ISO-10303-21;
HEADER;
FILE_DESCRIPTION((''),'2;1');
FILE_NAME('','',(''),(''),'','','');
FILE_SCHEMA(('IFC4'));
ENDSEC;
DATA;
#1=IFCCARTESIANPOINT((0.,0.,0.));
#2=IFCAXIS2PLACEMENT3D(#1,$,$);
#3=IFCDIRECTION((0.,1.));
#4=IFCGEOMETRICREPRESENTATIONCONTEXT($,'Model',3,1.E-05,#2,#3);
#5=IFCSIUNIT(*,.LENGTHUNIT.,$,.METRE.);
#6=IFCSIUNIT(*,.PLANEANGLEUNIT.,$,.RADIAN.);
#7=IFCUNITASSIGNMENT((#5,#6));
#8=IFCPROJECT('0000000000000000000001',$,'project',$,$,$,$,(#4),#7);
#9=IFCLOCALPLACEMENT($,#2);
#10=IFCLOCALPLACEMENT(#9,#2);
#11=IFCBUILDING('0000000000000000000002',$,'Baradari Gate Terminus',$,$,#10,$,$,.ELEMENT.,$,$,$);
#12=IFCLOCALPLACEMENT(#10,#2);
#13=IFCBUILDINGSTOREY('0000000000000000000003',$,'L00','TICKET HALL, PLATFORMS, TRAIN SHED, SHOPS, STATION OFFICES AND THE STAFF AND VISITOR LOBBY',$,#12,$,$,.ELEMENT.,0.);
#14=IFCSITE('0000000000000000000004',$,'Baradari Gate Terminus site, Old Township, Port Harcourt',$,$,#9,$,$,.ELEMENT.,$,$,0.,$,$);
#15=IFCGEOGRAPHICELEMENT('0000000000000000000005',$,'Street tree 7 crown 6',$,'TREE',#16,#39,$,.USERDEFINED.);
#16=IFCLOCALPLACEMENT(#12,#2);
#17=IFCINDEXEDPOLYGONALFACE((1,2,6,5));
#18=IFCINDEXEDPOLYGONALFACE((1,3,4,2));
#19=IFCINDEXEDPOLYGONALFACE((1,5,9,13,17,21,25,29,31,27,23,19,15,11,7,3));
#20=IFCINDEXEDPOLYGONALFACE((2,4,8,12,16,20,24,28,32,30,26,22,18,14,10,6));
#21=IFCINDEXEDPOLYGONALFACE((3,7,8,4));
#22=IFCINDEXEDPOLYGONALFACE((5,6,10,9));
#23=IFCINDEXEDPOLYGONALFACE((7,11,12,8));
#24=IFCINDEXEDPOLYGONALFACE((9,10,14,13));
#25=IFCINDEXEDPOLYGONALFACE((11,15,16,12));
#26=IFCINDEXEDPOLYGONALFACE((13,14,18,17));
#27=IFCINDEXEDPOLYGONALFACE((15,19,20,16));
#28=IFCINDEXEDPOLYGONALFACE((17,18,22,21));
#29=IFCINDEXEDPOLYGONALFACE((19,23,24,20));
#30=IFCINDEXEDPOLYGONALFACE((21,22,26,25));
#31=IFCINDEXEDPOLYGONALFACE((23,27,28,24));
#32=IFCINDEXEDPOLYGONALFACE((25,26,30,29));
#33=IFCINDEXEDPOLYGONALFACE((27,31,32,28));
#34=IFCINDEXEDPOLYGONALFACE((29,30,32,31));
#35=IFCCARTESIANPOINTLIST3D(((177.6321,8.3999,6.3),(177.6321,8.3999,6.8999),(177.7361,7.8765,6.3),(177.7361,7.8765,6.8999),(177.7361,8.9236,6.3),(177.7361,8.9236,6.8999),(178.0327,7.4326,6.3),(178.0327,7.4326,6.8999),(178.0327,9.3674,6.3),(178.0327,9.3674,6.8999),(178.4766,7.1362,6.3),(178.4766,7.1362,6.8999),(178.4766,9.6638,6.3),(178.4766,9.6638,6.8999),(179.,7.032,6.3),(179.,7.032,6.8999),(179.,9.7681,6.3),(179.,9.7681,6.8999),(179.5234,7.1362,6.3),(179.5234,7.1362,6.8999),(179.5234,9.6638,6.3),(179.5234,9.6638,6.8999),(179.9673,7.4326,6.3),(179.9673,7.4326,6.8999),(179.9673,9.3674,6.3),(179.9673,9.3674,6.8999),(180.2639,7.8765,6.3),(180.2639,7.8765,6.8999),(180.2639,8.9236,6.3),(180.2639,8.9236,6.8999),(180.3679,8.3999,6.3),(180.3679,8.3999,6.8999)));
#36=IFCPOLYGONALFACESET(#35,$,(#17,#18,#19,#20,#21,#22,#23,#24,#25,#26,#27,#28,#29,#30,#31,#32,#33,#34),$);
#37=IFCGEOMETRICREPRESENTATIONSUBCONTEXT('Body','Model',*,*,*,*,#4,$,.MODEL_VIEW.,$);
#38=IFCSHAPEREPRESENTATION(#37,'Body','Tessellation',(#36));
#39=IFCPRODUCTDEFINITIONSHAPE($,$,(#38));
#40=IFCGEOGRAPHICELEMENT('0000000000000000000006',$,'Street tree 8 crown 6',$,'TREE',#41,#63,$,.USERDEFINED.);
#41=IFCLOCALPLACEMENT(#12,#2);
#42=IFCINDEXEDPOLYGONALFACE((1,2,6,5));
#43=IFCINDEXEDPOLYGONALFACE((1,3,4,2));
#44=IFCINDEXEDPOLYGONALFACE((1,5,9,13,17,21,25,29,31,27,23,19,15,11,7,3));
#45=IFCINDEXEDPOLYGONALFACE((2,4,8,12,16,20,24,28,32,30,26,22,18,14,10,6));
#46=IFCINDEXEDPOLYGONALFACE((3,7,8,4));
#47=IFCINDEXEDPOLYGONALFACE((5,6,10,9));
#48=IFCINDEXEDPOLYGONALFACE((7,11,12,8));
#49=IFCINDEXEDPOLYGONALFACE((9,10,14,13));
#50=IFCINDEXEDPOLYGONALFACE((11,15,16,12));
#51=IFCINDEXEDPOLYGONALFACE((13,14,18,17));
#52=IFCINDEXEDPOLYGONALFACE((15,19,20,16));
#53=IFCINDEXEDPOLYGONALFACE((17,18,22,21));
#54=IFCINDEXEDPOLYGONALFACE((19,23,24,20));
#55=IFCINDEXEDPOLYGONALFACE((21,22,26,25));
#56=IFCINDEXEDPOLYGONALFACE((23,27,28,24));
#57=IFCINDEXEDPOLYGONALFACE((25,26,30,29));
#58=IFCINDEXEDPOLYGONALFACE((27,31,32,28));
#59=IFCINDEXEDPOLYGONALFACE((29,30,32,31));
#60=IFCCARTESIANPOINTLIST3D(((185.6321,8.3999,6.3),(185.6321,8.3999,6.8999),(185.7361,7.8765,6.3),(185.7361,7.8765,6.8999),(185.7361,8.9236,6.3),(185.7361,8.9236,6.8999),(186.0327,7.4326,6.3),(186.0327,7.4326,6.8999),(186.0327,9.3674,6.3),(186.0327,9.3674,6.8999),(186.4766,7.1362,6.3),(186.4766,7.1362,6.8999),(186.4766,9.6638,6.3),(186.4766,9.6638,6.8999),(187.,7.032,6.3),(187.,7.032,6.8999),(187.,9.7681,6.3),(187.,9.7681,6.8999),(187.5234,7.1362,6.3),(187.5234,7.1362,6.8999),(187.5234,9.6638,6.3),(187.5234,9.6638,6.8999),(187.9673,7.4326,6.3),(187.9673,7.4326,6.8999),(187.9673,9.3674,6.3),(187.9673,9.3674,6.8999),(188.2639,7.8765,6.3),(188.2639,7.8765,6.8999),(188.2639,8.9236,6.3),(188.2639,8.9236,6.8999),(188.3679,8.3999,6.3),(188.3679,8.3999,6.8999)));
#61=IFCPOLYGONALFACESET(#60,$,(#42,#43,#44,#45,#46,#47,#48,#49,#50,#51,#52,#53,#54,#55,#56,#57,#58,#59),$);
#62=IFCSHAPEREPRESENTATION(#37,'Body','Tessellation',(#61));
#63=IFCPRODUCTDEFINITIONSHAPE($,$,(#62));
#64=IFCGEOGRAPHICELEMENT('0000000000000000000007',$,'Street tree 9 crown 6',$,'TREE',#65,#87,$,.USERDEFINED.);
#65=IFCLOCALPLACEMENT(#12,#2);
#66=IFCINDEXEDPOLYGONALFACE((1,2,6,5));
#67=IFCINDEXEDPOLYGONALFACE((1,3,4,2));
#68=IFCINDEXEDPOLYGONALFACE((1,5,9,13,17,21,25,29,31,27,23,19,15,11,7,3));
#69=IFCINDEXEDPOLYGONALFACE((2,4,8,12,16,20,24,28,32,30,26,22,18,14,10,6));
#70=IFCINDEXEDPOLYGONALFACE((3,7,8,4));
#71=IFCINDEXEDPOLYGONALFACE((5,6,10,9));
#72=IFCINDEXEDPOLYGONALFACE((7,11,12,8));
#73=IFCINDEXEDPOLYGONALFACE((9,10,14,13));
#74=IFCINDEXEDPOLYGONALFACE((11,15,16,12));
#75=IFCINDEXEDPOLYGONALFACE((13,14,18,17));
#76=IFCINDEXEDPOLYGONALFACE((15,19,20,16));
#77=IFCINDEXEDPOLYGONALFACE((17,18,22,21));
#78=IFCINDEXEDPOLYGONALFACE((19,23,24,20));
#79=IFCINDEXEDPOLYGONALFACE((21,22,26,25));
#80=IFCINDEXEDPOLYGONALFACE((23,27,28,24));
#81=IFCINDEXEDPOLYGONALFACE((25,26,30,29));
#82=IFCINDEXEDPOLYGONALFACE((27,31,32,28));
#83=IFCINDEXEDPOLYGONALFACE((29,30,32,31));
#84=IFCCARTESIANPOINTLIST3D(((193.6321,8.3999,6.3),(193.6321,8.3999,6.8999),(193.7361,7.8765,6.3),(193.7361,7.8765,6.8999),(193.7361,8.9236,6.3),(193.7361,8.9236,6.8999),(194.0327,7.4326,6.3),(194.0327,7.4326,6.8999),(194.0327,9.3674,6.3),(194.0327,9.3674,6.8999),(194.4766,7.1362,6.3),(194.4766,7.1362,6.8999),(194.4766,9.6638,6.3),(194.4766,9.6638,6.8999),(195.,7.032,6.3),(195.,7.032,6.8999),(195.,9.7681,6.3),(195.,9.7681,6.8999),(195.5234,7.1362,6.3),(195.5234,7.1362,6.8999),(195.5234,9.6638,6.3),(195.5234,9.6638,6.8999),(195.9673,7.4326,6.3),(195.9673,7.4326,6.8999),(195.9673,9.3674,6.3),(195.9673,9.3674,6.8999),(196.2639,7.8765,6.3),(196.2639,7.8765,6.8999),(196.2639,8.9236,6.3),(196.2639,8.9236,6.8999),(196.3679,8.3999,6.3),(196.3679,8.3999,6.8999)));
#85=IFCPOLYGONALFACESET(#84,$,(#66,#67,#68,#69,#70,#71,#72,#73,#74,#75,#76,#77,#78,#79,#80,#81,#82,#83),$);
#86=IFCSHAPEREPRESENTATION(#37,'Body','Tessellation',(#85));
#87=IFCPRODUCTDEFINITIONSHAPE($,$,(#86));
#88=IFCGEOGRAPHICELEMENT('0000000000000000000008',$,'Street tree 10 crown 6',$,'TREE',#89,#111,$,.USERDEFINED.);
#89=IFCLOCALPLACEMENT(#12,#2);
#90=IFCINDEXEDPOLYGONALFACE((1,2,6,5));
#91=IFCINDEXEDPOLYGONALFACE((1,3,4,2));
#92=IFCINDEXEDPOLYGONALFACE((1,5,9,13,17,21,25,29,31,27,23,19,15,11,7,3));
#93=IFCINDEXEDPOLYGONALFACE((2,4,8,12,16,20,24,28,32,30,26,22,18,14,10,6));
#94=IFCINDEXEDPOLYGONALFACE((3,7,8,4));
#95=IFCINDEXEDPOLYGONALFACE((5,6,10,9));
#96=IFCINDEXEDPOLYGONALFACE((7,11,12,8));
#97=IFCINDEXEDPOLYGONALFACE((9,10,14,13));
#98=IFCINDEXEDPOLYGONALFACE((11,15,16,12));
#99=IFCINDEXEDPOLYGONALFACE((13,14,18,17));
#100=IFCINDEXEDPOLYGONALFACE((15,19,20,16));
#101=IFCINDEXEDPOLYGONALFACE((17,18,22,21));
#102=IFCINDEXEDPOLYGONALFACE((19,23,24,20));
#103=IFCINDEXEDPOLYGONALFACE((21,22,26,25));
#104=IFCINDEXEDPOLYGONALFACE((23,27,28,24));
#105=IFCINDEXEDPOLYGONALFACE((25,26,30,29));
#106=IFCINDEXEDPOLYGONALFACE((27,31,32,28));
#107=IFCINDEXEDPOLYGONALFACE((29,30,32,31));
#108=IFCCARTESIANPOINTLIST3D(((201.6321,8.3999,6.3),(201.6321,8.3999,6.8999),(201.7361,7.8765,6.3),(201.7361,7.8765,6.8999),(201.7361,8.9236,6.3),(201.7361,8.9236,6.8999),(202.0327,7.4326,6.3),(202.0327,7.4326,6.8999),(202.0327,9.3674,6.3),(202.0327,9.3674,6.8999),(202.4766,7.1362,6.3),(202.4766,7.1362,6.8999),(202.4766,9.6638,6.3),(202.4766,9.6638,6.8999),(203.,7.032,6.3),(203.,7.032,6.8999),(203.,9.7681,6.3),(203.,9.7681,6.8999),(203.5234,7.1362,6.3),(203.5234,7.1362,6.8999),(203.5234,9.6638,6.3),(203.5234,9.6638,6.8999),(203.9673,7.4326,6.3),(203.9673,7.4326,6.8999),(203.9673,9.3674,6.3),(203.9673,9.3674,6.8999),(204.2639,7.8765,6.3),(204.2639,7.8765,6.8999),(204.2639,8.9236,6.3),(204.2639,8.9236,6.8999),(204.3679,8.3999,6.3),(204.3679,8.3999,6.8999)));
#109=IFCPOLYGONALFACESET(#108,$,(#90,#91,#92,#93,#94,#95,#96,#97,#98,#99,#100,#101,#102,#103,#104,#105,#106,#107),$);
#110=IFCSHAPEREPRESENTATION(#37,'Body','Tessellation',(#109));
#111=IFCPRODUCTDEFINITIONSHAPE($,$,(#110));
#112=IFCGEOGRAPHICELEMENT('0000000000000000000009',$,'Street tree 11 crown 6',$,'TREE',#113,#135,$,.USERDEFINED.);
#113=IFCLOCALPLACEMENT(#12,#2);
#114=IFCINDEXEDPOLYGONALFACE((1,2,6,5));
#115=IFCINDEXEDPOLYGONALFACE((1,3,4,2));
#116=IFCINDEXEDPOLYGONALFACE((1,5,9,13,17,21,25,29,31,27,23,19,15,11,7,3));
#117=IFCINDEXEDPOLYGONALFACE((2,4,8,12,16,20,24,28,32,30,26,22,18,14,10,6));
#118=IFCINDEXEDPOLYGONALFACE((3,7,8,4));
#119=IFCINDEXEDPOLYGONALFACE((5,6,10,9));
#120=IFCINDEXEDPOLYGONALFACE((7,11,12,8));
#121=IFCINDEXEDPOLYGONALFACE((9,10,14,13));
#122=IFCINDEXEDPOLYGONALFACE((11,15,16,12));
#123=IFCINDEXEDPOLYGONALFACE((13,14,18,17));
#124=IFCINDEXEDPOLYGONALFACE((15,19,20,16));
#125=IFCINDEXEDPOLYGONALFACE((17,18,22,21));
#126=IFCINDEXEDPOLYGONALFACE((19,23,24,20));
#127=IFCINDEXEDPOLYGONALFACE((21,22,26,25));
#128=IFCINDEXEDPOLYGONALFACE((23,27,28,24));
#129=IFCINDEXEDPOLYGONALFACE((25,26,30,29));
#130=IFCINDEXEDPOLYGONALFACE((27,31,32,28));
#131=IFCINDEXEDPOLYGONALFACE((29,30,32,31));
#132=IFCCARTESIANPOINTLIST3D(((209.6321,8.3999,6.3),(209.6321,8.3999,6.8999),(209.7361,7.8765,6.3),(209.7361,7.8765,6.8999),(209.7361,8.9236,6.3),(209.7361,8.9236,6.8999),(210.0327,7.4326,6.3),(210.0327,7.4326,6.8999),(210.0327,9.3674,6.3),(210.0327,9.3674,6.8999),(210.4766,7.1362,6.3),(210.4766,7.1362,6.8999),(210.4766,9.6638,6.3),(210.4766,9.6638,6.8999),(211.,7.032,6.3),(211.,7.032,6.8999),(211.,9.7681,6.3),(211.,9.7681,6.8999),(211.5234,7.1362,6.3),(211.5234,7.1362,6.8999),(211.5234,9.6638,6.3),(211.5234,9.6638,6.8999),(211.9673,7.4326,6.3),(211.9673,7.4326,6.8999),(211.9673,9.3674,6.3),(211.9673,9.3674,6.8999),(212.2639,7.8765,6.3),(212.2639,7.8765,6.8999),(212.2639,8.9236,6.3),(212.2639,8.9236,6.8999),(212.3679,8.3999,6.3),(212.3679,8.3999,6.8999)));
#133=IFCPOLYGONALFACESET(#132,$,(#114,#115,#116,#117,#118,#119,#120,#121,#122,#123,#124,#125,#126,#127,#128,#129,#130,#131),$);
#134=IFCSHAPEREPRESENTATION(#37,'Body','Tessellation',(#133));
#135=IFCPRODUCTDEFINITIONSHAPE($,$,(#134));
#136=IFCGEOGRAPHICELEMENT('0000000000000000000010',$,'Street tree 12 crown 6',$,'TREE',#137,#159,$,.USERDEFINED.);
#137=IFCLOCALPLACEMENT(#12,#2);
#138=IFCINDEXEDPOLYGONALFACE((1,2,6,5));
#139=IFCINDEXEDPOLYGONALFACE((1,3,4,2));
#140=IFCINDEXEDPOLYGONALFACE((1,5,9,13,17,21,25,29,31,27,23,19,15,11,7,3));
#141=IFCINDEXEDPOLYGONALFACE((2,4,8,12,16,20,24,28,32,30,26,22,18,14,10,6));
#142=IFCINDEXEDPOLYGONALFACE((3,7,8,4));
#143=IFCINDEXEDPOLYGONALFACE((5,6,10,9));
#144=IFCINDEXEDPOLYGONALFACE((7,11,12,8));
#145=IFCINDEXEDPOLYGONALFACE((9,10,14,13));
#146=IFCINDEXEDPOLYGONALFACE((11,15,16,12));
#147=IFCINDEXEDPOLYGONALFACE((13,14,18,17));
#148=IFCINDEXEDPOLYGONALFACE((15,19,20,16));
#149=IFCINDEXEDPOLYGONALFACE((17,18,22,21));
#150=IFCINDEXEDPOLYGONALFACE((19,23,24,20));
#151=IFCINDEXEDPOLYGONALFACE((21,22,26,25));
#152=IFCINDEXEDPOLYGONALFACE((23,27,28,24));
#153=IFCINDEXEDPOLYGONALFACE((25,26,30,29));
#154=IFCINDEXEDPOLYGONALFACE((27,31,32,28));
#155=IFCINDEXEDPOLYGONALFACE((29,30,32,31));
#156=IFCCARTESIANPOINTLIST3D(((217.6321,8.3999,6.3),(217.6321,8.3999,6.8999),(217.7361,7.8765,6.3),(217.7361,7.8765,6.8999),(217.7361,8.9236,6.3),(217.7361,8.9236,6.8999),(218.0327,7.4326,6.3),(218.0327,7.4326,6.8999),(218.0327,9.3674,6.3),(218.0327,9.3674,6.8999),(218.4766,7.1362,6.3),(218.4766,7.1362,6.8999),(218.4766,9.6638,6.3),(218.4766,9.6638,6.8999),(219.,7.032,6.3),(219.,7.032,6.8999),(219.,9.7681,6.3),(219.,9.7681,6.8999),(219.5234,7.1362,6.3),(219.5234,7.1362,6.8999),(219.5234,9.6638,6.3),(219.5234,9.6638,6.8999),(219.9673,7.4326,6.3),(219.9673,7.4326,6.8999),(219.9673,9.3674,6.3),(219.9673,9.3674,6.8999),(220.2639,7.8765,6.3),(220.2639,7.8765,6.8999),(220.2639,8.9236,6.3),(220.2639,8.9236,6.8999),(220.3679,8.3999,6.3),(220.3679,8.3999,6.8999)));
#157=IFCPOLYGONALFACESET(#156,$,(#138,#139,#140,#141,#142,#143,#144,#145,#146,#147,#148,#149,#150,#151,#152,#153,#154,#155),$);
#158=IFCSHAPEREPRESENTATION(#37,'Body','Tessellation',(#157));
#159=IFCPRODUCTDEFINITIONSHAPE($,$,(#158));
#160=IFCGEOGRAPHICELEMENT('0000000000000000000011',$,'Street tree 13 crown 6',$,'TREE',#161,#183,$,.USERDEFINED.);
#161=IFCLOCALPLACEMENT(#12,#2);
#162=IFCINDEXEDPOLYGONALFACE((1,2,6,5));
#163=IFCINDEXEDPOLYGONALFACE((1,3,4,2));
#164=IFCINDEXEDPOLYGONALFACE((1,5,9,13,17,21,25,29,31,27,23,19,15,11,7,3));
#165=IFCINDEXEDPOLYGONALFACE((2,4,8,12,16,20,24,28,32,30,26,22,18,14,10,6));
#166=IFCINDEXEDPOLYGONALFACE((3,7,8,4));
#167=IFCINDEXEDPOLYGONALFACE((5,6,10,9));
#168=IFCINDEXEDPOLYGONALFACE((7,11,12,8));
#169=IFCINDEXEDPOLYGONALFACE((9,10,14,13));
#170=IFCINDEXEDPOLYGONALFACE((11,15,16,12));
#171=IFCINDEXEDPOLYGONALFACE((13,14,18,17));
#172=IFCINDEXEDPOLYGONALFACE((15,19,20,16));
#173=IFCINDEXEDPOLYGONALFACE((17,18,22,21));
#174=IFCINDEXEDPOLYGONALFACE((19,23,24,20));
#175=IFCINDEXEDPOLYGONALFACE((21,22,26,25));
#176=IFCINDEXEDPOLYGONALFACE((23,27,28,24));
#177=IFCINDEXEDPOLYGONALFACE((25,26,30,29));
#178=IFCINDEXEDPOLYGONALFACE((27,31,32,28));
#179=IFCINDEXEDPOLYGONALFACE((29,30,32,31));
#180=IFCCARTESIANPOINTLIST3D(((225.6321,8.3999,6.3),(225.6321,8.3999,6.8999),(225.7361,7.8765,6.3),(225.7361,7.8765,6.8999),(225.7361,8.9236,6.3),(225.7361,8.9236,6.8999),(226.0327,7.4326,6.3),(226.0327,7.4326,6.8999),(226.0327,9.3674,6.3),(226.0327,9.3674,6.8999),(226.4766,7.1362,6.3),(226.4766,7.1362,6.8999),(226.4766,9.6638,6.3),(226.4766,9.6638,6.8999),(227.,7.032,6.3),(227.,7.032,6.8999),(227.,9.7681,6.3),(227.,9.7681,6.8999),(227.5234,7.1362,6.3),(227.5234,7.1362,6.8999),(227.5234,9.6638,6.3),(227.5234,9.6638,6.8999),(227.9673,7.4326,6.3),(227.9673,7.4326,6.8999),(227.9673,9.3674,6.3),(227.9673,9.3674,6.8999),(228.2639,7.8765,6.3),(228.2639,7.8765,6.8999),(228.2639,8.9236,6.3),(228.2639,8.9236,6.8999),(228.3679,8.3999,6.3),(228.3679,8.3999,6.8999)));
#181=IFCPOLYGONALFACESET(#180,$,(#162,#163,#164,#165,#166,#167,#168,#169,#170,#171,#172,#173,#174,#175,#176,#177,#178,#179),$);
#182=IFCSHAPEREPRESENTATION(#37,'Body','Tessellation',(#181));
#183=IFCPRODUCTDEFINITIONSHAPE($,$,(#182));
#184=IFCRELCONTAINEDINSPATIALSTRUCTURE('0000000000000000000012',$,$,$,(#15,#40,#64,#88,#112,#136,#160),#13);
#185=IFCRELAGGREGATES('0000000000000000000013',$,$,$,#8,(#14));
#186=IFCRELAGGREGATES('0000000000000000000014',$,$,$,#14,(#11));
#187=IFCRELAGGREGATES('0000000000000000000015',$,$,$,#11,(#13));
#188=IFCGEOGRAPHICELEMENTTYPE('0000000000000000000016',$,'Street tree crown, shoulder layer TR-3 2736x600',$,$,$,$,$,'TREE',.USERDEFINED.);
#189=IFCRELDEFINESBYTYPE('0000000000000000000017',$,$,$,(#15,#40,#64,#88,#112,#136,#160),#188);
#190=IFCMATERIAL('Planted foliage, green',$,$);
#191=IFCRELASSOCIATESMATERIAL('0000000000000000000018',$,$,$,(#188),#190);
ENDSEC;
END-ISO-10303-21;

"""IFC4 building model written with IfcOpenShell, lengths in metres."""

from ifc_helpers import new_model, si_unit, direction, frame, origin, place, context, subcontext, project, spatial, polyline, outline, extrude, material, type_object, element, save


model = new_model("IFC4")

# Units and contexts
model_context = context("Model", 3, precision=1e-05, world=origin(), true_north=direction((0.0, 1.0)))
body_context = subcontext(model_context, "Body", "Model", "MODEL_VIEW")
ifc_project = project(units=[si_unit("LENGTHUNIT", "METRE"), si_unit("PLANEANGLEUNIT", "RADIAN")], contexts=[model_context])

# Site, building, storey
site_placement = place(None, origin())
site = spatial("IfcSite", under=ifc_project, at=site_placement, Name="Baradari Gate Terminus site, Old Township, Port Harcourt", CompositionType="ELEMENT", RefElevation=0.0)
building_placement = place(site_placement, origin())
building = spatial("IfcBuilding", under=site, at=building_placement, Name="Baradari Gate Terminus", CompositionType="ELEMENT")
storey_placement = place(building_placement, origin())
storey = spatial("IfcBuildingStorey", under=building, at=storey_placement, Name="L00", Description="TICKET HALL, PLATFORMS, TRAIN SHED, SHOPS, STATION OFFICES AND THE STAFF AND VISITOR LOBBY", CompositionType="ELEMENT", Elevation=0.0)

# Geographic elements
ifc_material_1 = material(Name="Planted foliage, green")
geographic_element_type_1 = type_object("IfcGeographicElementType", Name="Street tree crown, shoulder layer TR-3 2736x600", ElementType="TREE", PredefinedType="USERDEFINED", material=ifc_material_1)
geographic_element_1_placement = place(storey_placement, frame((0.0, 0.0, 6.3)))
element("IfcGeographicElement", 1, at=geographic_element_1_placement, inside=storey, type_object=geographic_element_type_1, Name="Street tree 7 crown 6", ObjectType="TREE", PredefinedType="USERDEFINED", context=body_context, shape_type="SweptSolid", body=[
    extrude(outline(polyline([(180.3679, 8.3999), (180.2639, 8.9236), (179.9673, 9.3674), (179.5234, 9.6638), (179.0, 9.7681), (178.4766, 9.6638), (178.0327, 9.3674), (177.7361, 8.9236), (177.6321, 8.3999), (177.7361, 7.8765), (178.0327, 7.4326), (178.4766, 7.1362), (179.0, 7.032), (179.5234, 7.1362), (179.9673, 7.4326), (180.2639, 7.8765), (180.3679, 8.3999)])), origin(), (0.0, 0.0, 1.0), 0.5999),
])
geographic_element_2_placement = place(storey_placement, frame((0.0, 0.0, 6.3)))
element("IfcGeographicElement", 2, at=geographic_element_2_placement, inside=storey, type_object=geographic_element_type_1, Name="Street tree 8 crown 6", ObjectType="TREE", PredefinedType="USERDEFINED", context=body_context, shape_type="SweptSolid", body=[
    extrude(outline(polyline([(188.3679, 8.3999), (188.2639, 8.9236), (187.9673, 9.3674), (187.5234, 9.6638), (187.0, 9.7681), (186.4766, 9.6638), (186.0327, 9.3674), (185.7361, 8.9236), (185.6321, 8.3999), (185.7361, 7.8765), (186.0327, 7.4326), (186.4766, 7.1362), (187.0, 7.032), (187.5234, 7.1362), (187.9673, 7.4326), (188.2639, 7.8765), (188.3679, 8.3999)])), origin(), (0.0, 0.0, 1.0), 0.5999),
])
geographic_element_3_placement = place(storey_placement, frame((0.0, 0.0, 6.3)))
element("IfcGeographicElement", 3, at=geographic_element_3_placement, inside=storey, type_object=geographic_element_type_1, Name="Street tree 9 crown 6", ObjectType="TREE", PredefinedType="USERDEFINED", context=body_context, shape_type="SweptSolid", body=[
    extrude(outline(polyline([(196.3679, 8.3999), (196.2639, 8.9236), (195.9673, 9.3674), (195.5234, 9.6638), (195.0, 9.7681), (194.4766, 9.6638), (194.0327, 9.3674), (193.7361, 8.9236), (193.6321, 8.3999), (193.7361, 7.8765), (194.0327, 7.4326), (194.4766, 7.1362), (195.0, 7.032), (195.5234, 7.1362), (195.9673, 7.4326), (196.2639, 7.8765), (196.3679, 8.3999)])), origin(), (0.0, 0.0, 1.0), 0.5999),
])
geographic_element_4_placement = place(storey_placement, frame((0.0, 0.0, 6.3)))
element("IfcGeographicElement", 4, at=geographic_element_4_placement, inside=storey, type_object=geographic_element_type_1, Name="Street tree 10 crown 6", ObjectType="TREE", PredefinedType="USERDEFINED", context=body_context, shape_type="SweptSolid", body=[
    extrude(outline(polyline([(204.3679, 8.3999), (204.2639, 8.9236), (203.9673, 9.3674), (203.5234, 9.6638), (203.0, 9.7681), (202.4766, 9.6638), (202.0327, 9.3674), (201.7361, 8.9236), (201.6321, 8.3999), (201.7361, 7.8765), (202.0327, 7.4326), (202.4766, 7.1362), (203.0, 7.032), (203.5234, 7.1362), (203.9673, 7.4326), (204.2639, 7.8765), (204.3679, 8.3999)])), origin(), (0.0, 0.0, 1.0), 0.5999),
])
geographic_element_5_placement = place(storey_placement, frame((0.0, 0.0, 6.3)))
element("IfcGeographicElement", 5, at=geographic_element_5_placement, inside=storey, type_object=geographic_element_type_1, Name="Street tree 11 crown 6", ObjectType="TREE", PredefinedType="USERDEFINED", context=body_context, shape_type="SweptSolid", body=[
    extrude(outline(polyline([(212.3679, 8.3999), (212.2639, 8.9236), (211.9673, 9.3674), (211.5234, 9.6638), (211.0, 9.7681), (210.4766, 9.6638), (210.0327, 9.3674), (209.7361, 8.9236), (209.6321, 8.3999), (209.7361, 7.8765), (210.0327, 7.4326), (210.4766, 7.1362), (211.0, 7.032), (211.5234, 7.1362), (211.9673, 7.4326), (212.2639, 7.8765), (212.3679, 8.3999)])), origin(), (0.0, 0.0, 1.0), 0.5999),
])
geographic_element_6_placement = place(storey_placement, frame((0.0, 0.0, 6.3)))
element("IfcGeographicElement", 6, at=geographic_element_6_placement, inside=storey, type_object=geographic_element_type_1, Name="Street tree 12 crown 6", ObjectType="TREE", PredefinedType="USERDEFINED", context=body_context, shape_type="SweptSolid", body=[
    extrude(outline(polyline([(220.3679, 8.3999), (220.2639, 8.9236), (219.9673, 9.3674), (219.5234, 9.6638), (219.0, 9.7681), (218.4766, 9.6638), (218.0327, 9.3674), (217.7361, 8.9236), (217.6321, 8.3999), (217.7361, 7.8765), (218.0327, 7.4326), (218.4766, 7.1362), (219.0, 7.032), (219.5234, 7.1362), (219.9673, 7.4326), (220.2639, 7.8765), (220.3679, 8.3999)])), origin(), (0.0, 0.0, 1.0), 0.5999),
])
geographic_element_7_placement = place(storey_placement, frame((0.0, 0.0, 6.3)))
element("IfcGeographicElement", 7, at=geographic_element_7_placement, inside=storey, type_object=geographic_element_type_1, Name="Street tree 13 crown 6", ObjectType="TREE", PredefinedType="USERDEFINED", context=body_context, shape_type="SweptSolid", body=[
    extrude(outline(polyline([(228.3679, 8.3999), (228.2639, 8.9236), (227.9673, 9.3674), (227.5234, 9.6638), (227.0, 9.7681), (226.4766, 9.6638), (226.0327, 9.3674), (225.7361, 8.9236), (225.6321, 8.3999), (225.7361, 7.8765), (226.0327, 7.4326), (226.4766, 7.1362), (227.0, 7.032), (227.5234, 7.1362), (227.9673, 7.4326), (228.2639, 7.8765), (228.3679, 8.3999)])), origin(), (0.0, 0.0, 1.0), 0.5999),
])

save(model, "model.ifc")
